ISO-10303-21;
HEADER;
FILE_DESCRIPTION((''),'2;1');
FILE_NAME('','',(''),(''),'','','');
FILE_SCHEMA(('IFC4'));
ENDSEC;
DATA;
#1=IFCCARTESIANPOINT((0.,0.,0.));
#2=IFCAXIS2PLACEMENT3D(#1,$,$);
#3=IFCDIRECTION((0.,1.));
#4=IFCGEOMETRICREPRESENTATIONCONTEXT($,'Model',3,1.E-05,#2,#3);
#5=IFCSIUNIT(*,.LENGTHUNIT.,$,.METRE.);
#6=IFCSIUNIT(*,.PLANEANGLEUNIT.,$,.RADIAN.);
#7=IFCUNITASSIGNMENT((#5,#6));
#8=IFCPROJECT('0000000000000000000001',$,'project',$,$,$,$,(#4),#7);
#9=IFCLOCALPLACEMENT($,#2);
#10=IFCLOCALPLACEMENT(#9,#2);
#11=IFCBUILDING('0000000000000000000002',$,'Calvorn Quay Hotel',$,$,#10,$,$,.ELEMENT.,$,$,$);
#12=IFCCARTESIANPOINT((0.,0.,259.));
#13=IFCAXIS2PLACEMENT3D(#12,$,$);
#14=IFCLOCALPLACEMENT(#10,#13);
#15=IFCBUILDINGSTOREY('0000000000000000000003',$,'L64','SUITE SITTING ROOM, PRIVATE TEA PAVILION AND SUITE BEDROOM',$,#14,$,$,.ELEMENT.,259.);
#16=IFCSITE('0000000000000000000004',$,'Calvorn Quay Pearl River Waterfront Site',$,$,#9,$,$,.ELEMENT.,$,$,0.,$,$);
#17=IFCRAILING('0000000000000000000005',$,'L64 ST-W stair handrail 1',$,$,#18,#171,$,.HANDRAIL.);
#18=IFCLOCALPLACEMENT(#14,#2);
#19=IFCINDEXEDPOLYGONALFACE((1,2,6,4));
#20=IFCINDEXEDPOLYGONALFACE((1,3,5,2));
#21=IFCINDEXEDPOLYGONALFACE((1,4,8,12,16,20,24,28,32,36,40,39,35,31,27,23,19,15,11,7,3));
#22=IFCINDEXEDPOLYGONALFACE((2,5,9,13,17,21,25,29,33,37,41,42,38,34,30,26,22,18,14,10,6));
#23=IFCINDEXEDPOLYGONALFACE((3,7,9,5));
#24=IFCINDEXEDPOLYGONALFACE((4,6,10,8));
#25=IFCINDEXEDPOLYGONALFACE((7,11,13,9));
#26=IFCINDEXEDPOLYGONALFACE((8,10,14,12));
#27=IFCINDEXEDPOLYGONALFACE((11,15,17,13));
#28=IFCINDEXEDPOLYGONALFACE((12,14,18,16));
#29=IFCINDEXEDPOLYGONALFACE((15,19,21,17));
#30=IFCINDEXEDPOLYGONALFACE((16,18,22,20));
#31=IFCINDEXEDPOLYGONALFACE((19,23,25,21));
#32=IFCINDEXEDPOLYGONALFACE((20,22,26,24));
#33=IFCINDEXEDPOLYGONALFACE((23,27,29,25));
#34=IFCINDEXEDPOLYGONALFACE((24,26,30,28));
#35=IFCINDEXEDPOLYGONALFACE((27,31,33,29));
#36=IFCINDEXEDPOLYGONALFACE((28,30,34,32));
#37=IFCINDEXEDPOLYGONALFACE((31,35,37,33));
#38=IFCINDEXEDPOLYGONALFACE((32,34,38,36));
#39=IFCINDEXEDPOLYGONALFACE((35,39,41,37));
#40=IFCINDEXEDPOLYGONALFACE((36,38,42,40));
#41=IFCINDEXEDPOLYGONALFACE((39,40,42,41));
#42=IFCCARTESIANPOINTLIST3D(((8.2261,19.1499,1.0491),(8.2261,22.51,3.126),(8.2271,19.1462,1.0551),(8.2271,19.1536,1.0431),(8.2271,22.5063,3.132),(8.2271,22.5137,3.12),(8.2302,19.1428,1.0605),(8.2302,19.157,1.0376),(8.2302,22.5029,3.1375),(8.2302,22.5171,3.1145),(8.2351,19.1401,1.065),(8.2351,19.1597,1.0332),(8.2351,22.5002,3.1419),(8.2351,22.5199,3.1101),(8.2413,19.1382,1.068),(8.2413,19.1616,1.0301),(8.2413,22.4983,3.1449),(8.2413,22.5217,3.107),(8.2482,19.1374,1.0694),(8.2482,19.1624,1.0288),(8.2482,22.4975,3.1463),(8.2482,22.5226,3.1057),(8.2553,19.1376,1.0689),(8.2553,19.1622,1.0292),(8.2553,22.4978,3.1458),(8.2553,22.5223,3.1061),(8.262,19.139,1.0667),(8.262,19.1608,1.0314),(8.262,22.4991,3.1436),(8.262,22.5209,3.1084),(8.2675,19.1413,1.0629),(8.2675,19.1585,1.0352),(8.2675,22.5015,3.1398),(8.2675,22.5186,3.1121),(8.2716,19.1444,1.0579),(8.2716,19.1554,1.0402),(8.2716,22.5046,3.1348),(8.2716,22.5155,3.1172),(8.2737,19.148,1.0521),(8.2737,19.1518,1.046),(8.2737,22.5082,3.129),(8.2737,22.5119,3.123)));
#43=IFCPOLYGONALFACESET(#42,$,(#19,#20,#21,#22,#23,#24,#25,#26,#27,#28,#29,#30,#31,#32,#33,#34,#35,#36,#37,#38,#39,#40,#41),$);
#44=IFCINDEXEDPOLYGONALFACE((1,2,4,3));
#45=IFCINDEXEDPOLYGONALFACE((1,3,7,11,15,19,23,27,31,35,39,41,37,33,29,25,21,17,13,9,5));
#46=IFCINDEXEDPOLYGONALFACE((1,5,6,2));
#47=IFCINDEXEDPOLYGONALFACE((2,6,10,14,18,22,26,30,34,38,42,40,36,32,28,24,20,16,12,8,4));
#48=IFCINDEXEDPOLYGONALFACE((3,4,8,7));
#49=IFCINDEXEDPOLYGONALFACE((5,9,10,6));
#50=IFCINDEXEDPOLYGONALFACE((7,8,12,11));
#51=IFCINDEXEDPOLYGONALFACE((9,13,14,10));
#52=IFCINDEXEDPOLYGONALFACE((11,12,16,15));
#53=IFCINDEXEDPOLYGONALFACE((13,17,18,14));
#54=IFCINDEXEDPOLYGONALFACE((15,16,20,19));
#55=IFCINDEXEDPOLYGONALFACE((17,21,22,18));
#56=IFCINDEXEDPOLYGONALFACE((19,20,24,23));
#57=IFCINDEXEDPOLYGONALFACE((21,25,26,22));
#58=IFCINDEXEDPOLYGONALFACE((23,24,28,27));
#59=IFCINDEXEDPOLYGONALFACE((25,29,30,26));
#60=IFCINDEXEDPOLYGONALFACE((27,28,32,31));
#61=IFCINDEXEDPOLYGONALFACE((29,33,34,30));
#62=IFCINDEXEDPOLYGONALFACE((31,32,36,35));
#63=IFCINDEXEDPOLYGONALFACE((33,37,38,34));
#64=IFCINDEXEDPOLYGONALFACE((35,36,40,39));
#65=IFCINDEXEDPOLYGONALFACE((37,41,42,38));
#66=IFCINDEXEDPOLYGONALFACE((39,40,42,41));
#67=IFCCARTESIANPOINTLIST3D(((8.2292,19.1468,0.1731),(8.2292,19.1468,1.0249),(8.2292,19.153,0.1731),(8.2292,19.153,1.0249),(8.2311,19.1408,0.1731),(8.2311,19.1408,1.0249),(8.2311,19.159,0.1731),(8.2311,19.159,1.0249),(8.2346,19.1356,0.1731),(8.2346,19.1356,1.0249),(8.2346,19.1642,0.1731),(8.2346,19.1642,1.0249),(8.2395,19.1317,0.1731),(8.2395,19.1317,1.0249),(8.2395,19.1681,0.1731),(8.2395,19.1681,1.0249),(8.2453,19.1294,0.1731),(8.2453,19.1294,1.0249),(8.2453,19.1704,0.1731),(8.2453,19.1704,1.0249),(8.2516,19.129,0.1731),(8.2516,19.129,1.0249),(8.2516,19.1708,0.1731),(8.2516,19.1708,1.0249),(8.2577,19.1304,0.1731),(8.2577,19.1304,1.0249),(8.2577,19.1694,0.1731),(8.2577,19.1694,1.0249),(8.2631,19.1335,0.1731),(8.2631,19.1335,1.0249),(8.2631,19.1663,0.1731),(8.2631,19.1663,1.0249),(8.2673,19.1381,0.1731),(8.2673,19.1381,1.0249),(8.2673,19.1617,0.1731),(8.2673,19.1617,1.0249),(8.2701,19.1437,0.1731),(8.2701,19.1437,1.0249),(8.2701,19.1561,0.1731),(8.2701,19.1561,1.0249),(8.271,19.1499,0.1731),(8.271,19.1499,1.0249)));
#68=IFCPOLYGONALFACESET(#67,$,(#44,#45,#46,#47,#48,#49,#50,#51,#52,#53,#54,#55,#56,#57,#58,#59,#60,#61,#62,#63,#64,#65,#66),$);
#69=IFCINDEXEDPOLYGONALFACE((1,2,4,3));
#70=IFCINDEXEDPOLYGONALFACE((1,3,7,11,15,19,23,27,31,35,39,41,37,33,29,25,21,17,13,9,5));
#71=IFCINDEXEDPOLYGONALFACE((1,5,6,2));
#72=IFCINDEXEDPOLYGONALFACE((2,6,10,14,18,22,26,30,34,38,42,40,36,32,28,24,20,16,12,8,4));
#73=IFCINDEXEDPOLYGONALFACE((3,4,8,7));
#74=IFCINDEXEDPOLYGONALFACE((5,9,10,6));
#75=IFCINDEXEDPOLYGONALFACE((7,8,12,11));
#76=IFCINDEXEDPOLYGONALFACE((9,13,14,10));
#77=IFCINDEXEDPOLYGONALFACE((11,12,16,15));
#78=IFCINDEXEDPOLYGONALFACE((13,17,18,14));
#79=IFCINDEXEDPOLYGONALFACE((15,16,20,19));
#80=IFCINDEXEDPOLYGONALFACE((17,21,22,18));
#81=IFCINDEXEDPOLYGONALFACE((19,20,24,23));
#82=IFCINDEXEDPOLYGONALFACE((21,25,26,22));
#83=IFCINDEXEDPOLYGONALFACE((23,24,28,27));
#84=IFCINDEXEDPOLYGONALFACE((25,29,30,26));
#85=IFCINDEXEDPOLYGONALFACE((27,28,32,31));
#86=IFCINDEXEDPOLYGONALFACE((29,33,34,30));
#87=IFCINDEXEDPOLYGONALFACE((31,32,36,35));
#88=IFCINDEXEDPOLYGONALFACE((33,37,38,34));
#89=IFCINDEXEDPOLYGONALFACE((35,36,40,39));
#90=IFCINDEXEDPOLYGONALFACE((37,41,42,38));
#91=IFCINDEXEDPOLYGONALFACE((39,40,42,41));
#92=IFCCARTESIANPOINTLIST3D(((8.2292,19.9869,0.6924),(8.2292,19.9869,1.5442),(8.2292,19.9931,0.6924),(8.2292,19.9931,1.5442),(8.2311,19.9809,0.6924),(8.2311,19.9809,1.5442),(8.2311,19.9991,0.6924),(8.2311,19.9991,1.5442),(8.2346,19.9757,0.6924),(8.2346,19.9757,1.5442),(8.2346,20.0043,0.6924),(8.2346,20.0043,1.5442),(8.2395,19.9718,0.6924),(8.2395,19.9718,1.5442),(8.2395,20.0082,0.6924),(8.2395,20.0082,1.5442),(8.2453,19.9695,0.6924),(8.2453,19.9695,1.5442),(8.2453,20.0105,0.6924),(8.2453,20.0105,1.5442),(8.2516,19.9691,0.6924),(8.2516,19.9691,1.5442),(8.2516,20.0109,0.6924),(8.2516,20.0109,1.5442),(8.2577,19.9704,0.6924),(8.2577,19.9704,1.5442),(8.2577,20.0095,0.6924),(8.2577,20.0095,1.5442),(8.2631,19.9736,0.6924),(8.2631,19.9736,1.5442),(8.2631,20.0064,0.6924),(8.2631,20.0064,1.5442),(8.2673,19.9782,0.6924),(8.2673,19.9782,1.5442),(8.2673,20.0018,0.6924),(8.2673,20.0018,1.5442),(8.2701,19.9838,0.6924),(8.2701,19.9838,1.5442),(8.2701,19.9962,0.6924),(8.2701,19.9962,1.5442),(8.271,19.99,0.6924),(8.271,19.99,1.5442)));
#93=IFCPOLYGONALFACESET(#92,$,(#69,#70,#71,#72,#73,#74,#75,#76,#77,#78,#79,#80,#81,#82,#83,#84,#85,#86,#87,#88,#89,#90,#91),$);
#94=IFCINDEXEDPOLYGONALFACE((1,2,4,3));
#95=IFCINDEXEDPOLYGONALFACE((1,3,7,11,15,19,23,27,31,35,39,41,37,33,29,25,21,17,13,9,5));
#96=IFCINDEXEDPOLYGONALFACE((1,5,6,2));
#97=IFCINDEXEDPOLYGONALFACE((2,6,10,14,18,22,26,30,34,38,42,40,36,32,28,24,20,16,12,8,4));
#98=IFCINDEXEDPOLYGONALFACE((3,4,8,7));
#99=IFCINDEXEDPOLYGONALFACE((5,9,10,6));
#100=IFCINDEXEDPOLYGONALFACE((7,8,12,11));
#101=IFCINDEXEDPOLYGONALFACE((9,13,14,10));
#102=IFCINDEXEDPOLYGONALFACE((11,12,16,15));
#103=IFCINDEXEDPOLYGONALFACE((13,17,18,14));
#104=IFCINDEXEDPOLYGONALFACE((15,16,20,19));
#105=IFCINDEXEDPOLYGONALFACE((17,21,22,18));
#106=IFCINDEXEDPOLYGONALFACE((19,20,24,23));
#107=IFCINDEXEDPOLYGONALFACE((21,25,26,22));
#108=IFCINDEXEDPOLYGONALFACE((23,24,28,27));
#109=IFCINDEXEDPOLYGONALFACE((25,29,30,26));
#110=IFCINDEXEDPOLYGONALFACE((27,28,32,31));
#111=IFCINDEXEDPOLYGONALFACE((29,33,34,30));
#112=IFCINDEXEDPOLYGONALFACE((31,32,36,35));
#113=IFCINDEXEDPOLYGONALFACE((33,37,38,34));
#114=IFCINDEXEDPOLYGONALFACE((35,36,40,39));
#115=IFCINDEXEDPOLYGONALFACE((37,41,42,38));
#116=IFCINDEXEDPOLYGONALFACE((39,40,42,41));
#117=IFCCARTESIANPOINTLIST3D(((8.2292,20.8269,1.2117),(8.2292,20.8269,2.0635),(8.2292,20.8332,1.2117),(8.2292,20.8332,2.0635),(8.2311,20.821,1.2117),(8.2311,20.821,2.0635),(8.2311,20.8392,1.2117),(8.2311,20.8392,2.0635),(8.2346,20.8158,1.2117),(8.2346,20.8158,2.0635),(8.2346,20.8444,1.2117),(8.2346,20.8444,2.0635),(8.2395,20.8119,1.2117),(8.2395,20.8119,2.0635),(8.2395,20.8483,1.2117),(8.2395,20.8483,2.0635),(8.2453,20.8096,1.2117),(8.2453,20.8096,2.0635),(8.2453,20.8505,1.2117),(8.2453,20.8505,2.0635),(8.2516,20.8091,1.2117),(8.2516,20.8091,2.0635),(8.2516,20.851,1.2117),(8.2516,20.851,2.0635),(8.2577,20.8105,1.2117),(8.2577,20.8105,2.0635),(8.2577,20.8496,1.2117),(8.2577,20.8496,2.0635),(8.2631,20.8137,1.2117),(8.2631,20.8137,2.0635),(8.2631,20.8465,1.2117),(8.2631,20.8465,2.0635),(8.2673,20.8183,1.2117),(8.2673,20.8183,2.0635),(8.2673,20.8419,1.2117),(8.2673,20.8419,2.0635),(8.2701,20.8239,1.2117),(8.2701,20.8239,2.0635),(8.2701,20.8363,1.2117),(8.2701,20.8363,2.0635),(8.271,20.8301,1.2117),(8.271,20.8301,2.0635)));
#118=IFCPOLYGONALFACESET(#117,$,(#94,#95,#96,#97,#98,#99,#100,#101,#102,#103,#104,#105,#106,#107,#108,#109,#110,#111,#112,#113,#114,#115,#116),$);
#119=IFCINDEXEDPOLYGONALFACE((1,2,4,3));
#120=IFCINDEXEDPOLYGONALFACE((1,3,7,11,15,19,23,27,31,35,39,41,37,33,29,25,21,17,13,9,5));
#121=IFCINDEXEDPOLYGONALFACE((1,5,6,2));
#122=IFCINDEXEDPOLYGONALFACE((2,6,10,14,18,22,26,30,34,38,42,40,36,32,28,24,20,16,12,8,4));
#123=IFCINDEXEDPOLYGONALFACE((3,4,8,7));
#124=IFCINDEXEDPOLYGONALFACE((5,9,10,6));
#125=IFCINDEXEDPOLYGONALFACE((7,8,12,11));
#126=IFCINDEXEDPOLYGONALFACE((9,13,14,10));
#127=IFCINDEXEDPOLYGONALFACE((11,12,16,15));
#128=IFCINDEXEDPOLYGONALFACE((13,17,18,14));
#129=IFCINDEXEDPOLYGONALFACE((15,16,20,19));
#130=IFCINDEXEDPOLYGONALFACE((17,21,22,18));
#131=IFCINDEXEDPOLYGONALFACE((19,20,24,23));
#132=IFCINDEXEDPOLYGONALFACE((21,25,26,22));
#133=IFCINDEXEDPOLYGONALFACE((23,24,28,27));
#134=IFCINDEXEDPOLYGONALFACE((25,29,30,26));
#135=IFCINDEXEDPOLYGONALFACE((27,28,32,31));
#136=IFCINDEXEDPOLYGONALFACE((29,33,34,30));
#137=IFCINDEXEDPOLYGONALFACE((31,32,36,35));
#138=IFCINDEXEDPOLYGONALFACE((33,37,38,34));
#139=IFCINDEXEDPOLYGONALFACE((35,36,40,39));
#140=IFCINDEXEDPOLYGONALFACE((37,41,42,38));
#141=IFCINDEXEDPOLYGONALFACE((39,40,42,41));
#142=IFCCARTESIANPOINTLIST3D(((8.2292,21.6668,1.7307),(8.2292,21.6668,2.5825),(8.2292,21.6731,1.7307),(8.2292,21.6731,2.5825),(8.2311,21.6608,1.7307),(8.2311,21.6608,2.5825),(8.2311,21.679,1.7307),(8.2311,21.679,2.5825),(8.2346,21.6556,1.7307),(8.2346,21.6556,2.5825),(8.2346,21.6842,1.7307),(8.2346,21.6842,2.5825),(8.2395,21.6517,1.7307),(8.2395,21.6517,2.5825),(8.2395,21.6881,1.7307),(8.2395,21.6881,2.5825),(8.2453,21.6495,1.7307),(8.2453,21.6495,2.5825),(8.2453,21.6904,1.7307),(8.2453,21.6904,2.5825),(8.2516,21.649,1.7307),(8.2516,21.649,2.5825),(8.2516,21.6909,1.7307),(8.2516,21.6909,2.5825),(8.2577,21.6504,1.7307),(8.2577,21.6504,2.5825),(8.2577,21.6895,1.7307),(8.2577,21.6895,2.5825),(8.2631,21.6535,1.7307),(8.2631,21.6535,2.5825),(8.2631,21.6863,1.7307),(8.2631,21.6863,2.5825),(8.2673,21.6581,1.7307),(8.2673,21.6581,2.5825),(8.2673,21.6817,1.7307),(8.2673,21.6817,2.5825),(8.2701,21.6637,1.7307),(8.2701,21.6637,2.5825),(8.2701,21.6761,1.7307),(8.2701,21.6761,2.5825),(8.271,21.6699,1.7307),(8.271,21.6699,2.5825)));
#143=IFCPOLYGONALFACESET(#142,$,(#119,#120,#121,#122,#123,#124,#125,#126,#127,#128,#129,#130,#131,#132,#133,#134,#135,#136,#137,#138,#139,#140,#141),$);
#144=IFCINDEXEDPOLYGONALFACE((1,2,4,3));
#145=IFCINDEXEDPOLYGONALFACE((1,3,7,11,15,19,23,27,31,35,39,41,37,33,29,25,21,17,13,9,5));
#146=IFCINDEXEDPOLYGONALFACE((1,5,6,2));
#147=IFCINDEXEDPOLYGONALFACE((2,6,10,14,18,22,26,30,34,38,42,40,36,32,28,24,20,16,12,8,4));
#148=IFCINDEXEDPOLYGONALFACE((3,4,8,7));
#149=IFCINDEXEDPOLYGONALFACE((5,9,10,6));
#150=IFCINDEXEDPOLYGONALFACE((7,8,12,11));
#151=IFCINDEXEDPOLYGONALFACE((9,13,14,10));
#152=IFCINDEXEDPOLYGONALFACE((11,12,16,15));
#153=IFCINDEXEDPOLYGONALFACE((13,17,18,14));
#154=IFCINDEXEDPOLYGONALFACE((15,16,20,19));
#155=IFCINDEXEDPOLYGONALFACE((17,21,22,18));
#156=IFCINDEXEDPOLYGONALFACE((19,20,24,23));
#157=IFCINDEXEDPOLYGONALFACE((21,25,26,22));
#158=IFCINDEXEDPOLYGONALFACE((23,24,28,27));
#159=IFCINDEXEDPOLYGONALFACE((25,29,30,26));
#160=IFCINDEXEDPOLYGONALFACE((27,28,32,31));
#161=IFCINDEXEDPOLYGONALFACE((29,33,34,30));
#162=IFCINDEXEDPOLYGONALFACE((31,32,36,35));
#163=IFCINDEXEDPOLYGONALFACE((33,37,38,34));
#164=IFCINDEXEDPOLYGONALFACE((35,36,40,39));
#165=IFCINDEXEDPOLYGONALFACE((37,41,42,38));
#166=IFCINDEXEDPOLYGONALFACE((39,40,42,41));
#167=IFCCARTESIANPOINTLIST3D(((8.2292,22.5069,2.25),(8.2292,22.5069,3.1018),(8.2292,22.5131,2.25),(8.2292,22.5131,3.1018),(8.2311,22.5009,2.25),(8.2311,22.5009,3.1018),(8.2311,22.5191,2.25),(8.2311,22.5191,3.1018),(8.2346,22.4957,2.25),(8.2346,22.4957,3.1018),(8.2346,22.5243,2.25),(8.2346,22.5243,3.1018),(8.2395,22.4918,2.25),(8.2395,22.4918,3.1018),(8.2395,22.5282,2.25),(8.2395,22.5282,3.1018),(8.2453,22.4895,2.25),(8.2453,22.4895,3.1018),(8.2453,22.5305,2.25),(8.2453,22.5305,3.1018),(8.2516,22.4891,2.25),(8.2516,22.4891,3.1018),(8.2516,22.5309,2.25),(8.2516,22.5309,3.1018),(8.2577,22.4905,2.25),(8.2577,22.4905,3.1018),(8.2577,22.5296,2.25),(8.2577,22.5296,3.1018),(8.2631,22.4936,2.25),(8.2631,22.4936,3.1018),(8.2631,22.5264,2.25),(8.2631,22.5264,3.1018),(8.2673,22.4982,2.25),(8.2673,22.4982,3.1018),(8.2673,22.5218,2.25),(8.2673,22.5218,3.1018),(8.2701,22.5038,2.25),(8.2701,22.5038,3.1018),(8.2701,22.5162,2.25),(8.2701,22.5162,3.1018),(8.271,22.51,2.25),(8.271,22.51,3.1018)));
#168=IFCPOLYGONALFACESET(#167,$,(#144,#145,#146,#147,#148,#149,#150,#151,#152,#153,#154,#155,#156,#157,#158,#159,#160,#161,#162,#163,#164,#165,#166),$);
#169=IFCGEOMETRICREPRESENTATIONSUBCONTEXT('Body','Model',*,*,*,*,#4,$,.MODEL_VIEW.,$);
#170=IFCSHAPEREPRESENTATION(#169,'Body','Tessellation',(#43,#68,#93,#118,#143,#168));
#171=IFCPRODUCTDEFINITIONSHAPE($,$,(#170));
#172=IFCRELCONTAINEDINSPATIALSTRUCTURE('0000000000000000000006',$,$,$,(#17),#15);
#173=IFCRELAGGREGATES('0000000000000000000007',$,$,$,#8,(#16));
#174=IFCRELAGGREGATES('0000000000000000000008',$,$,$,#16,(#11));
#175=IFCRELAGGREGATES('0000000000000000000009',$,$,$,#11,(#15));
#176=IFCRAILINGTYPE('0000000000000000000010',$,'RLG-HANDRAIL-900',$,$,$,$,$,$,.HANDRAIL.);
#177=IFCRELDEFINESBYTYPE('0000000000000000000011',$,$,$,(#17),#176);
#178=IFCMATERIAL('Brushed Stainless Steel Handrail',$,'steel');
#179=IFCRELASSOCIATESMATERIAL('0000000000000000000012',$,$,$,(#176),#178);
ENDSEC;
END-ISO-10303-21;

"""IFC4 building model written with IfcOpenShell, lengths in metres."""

from ifc_helpers import new_model, si_unit, direction, frame, origin, origin_2d, place, context, subcontext, project, spatial, circle, extrude, material, type_object, element, save


model = new_model("IFC4")

# Units and contexts
model_context = context("Model", 3, precision=1e-05, world=origin(), true_north=direction((0.0, 1.0)))
body_context = subcontext(model_context, "Body", "Model", "MODEL_VIEW")
ifc_project = project(units=[si_unit("LENGTHUNIT", "METRE"), si_unit("PLANEANGLEUNIT", "RADIAN")], contexts=[model_context])

# Site, building, storey
site_placement = place(None, origin())
site = spatial("IfcSite", under=ifc_project, at=site_placement, Name="Calvorn Quay Pearl River Waterfront Site", CompositionType="ELEMENT", RefElevation=0.0)
building_placement = place(site_placement, origin())
building = spatial("IfcBuilding", under=site, at=building_placement, Name="Calvorn Quay Hotel", CompositionType="ELEMENT")
storey_placement = place(building_placement, frame((0.0, 0.0, 259.0)))
storey = spatial("IfcBuildingStorey", under=building, at=storey_placement, Name="L64", Description="SUITE SITTING ROOM, PRIVATE TEA PAVILION AND SUITE BEDROOM", CompositionType="ELEMENT", Elevation=259.0)

# Railing
ifc_material_1 = material(Name="Brushed Stainless Steel Handrail", Category="steel")
railing_type_1 = type_object("IfcRailingType", Name="RLG-HANDRAIL-900", PredefinedType="HANDRAIL", material=ifc_material_1)
railing_1_placement = place(storey_placement, frame((8.25, 19.1499, 0.1731)))
element("IfcRailing", 1, at=railing_1_placement, inside=storey, type_object=railing_type_1, Name="L64 ST-W stair handrail 1", PredefinedType="HANDRAIL", context=body_context, shape_type="SweptSolid", body=[
    extrude(circle(Radius=0.0239, at=origin_2d()), frame((0.0, 0.0, 0.876), z_axis=(0.0, 0.850623, 0.525776), x_axis=(-1.0, 0.0, 0.0)), (0.0, 0.0, 1.0), 3.9502),
    extrude(circle(Radius=0.021, at=origin_2d()), origin(), (0.0, 0.0, 1.0), 0.8518),
    extrude(circle(Radius=0.021, at=origin_2d()), frame((0.0, 0.8401, 0.5193)), (0.0, 0.0, 1.0), 0.8518),
    extrude(circle(Radius=0.021, at=origin_2d()), frame((0.0, 1.6802, 1.0386)), (0.0, 0.0, 1.0), 0.8518),
    extrude(circle(Radius=0.021, at=origin_2d()), frame((0.0, 2.52, 1.5576)), (0.0, 0.0, 1.0), 0.8518),
    extrude(circle(Radius=0.021, at=origin_2d()), frame((0.0, 3.3601, 2.0769)), (0.0, 0.0, 1.0), 0.8518),
])

save(model, "model.ifc")
